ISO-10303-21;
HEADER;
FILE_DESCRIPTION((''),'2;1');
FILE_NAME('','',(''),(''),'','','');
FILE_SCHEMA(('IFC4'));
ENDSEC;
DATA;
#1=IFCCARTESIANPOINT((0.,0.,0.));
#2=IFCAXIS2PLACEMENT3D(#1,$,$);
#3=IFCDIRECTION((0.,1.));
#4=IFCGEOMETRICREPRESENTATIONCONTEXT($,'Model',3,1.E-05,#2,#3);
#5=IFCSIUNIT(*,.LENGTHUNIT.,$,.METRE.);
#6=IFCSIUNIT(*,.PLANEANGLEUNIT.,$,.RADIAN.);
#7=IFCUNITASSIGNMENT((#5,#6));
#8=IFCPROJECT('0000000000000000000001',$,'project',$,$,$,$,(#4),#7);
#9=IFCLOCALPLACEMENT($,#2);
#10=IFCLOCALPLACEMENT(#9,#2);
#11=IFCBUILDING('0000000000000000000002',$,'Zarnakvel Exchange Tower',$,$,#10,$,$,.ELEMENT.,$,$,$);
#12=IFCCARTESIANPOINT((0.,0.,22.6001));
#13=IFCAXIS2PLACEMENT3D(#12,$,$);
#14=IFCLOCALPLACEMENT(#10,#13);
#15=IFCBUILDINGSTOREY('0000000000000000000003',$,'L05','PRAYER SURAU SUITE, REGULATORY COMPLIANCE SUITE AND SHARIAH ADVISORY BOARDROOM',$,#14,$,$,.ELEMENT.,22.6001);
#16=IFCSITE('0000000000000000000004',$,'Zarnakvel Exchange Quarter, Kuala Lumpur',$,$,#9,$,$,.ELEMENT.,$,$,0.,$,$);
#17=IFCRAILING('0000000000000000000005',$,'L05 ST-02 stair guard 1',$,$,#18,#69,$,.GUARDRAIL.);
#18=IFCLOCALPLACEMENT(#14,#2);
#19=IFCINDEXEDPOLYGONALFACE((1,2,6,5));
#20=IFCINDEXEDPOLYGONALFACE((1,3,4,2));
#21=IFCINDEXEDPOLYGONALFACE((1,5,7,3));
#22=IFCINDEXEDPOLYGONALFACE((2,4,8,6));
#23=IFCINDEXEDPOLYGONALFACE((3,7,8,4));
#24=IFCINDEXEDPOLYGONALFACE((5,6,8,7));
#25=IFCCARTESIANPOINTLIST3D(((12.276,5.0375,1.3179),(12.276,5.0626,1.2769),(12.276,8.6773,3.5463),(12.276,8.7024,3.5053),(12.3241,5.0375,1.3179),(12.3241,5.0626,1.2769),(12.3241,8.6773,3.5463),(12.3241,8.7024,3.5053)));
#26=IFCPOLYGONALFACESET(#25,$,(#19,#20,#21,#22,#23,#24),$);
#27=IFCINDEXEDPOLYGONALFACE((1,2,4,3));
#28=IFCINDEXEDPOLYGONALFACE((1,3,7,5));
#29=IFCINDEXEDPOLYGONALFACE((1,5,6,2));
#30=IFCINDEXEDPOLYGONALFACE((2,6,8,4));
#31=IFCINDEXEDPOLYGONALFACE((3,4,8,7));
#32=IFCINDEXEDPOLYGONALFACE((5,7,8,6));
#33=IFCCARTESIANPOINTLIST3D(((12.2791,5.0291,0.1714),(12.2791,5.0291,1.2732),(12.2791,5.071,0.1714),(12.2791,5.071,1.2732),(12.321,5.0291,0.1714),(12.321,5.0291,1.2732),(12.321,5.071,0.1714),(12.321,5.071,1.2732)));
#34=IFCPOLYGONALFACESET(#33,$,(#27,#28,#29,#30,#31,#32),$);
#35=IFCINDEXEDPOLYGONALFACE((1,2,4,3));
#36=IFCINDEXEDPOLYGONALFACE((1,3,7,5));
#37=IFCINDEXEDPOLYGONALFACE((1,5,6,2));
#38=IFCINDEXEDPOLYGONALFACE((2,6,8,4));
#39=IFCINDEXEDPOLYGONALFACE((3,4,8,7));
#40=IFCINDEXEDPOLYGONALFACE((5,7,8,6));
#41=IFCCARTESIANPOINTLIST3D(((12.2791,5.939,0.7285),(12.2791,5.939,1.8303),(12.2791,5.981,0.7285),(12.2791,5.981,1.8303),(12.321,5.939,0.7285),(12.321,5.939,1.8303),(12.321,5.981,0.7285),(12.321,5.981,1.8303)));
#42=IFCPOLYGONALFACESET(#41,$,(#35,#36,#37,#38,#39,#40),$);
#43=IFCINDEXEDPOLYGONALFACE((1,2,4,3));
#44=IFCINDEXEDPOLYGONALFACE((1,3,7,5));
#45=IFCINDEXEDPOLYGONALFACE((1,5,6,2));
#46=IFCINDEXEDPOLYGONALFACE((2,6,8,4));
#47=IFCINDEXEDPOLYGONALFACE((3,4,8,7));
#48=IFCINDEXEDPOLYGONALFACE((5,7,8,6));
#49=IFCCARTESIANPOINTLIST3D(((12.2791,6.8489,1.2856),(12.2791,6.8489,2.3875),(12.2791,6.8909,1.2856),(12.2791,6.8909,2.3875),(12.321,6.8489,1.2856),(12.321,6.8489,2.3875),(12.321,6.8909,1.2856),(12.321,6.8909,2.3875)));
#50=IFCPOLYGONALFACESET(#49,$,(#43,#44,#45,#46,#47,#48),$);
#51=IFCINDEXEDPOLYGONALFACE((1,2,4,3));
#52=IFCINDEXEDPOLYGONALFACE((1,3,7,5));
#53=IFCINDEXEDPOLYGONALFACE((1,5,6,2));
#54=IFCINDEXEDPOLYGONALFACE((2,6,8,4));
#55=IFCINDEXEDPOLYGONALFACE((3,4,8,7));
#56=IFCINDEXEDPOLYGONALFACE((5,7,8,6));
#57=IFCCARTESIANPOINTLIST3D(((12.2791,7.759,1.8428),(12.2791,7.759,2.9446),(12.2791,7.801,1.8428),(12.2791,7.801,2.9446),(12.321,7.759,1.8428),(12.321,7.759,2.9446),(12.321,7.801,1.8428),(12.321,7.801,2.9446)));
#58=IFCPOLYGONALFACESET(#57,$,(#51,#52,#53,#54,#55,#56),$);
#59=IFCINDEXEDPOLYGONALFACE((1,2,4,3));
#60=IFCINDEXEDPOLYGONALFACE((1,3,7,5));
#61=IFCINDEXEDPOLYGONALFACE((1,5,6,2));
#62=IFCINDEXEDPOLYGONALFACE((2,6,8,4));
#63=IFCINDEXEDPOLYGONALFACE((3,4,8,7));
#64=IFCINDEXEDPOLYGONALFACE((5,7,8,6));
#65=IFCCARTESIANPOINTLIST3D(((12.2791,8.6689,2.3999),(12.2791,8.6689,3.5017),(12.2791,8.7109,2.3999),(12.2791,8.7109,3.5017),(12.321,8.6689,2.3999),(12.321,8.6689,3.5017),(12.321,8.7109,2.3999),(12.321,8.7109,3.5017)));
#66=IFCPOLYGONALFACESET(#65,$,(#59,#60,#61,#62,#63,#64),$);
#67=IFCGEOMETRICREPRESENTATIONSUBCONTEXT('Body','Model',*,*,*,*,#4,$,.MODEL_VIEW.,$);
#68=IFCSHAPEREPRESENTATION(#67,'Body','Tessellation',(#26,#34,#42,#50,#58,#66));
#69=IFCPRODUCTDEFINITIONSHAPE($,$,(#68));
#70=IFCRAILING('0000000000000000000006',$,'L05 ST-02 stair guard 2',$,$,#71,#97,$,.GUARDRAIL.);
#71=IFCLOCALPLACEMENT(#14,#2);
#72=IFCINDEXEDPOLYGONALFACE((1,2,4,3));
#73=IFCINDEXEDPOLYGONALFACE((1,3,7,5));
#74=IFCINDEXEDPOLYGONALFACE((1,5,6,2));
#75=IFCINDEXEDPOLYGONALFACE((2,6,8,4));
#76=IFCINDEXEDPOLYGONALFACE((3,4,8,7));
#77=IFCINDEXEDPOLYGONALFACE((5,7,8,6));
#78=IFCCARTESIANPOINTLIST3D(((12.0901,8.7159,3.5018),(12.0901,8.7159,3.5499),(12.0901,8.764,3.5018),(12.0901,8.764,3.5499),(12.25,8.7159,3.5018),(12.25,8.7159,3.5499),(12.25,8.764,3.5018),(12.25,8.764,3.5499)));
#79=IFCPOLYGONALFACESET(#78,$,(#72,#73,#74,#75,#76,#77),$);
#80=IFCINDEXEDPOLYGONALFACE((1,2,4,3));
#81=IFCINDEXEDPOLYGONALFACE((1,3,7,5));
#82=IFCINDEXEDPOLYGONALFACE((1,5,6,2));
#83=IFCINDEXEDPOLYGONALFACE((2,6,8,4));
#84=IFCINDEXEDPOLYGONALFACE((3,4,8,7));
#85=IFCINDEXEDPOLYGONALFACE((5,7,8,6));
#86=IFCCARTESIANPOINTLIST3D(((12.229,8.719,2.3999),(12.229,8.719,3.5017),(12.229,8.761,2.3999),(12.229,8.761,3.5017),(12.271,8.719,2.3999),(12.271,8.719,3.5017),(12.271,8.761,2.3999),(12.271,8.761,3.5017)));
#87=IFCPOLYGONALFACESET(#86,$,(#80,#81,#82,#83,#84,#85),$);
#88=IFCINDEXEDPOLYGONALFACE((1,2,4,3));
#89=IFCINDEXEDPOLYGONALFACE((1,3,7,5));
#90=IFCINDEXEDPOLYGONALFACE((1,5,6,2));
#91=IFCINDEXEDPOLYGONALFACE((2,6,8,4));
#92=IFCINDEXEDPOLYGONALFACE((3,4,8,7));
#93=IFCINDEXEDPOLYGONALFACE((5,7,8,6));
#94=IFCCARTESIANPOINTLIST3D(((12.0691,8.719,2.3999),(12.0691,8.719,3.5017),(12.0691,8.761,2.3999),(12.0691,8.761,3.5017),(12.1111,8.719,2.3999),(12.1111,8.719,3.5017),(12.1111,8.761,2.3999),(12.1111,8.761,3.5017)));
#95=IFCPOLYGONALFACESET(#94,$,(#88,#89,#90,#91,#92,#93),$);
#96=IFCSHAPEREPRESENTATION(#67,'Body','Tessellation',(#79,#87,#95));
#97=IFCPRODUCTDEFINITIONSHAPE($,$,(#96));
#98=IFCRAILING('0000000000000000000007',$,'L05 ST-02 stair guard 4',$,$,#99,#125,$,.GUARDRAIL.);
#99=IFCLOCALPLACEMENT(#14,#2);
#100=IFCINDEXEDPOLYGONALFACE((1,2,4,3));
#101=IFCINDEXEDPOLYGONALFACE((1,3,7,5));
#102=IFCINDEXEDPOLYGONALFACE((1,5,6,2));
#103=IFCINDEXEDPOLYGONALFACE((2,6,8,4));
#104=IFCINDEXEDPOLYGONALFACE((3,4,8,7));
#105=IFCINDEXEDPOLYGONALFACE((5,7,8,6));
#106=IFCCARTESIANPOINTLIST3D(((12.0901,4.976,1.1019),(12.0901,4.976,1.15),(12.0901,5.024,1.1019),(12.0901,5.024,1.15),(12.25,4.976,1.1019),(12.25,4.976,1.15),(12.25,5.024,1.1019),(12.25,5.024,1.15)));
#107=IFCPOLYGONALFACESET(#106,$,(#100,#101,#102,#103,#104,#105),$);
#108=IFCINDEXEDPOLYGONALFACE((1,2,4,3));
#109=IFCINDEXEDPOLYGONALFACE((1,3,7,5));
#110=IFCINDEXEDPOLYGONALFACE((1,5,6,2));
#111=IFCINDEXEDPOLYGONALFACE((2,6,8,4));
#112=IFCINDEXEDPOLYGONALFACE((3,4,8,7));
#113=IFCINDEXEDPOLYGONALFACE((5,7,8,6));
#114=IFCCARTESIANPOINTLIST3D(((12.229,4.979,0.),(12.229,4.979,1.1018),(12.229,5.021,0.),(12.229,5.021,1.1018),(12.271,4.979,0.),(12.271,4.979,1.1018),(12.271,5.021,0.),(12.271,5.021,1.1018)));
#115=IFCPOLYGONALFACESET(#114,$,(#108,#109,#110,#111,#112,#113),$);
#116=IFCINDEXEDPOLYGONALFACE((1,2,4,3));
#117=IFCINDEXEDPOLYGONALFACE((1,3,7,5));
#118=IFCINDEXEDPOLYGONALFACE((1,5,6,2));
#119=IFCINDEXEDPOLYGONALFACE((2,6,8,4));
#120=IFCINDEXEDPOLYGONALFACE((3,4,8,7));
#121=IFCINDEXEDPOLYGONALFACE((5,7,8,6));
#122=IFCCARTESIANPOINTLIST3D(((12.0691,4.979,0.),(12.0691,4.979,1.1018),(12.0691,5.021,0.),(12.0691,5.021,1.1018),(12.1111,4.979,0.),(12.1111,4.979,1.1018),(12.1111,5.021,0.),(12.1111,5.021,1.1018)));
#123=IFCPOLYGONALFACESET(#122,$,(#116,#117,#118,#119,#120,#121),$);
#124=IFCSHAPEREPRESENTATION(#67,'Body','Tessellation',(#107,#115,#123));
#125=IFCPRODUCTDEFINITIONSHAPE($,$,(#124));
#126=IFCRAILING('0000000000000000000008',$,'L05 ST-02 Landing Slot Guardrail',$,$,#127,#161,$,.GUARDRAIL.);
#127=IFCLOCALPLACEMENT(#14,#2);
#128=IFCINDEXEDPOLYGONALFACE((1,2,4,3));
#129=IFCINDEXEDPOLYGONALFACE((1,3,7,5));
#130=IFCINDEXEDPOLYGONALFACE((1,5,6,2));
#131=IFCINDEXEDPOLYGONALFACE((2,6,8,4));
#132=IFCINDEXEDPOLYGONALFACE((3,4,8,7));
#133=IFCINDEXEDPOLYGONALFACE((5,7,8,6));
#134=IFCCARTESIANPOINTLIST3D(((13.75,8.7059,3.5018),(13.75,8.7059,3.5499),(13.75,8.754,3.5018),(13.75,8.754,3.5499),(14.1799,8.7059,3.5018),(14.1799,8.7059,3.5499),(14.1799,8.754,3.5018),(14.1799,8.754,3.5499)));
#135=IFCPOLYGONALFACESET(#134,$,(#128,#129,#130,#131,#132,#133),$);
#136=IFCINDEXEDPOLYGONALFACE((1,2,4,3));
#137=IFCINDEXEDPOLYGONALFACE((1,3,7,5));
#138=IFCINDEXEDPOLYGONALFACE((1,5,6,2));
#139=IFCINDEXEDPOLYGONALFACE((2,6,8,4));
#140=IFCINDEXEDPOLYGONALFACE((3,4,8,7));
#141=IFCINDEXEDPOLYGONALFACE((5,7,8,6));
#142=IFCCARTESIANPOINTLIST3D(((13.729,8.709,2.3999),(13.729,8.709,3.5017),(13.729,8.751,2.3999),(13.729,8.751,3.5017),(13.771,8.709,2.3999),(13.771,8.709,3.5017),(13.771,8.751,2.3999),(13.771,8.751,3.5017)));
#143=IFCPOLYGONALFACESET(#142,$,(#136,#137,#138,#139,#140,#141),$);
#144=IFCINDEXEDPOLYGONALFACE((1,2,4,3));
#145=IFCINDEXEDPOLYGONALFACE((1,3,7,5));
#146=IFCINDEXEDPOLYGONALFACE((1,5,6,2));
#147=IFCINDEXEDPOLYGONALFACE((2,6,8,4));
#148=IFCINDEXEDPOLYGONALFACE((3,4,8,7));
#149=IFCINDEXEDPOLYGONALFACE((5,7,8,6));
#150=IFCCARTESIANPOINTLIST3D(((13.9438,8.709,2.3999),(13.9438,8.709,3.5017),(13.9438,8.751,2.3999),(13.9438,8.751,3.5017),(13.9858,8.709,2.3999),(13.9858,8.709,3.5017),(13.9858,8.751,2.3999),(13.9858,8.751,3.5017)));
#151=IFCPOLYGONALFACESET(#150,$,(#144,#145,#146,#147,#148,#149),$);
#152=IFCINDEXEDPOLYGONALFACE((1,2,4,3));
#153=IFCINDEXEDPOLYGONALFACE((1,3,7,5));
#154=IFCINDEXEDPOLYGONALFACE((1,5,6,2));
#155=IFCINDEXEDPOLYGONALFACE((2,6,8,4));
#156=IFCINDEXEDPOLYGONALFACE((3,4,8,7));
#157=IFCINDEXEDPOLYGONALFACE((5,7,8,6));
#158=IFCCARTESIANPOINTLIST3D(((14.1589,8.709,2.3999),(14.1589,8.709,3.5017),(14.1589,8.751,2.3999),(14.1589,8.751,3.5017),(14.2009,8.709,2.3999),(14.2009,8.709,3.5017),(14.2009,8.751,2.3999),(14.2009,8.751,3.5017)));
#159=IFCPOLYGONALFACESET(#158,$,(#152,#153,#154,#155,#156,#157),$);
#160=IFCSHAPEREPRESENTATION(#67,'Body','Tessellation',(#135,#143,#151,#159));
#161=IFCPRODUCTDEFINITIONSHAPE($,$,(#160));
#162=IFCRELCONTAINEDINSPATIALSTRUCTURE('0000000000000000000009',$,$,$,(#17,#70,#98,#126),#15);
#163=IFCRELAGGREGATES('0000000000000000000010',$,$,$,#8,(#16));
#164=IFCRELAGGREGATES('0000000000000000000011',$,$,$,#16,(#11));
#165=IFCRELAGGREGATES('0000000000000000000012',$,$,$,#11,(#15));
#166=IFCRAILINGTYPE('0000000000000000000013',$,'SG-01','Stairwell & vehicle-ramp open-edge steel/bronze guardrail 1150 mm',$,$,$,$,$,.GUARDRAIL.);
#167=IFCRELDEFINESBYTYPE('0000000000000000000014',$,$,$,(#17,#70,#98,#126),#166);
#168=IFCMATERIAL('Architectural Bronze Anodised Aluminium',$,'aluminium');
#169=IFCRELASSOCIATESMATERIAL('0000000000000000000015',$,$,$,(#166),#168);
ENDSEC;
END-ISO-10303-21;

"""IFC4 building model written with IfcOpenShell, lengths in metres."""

from ifc_helpers import new_model, si_unit, direction, frame, origin, origin_2d, place, context, subcontext, project, spatial, rectangle, extrude, material, type_object, element, save


model = new_model("IFC4")

# Units and contexts
model_context = context("Model", 3, precision=1e-05, world=origin(), true_north=direction((0.0, 1.0)))
body_context = subcontext(model_context, "Body", "Model", "MODEL_VIEW")
ifc_project = project(units=[si_unit("LENGTHUNIT", "METRE"), si_unit("PLANEANGLEUNIT", "RADIAN")], contexts=[model_context])

# Site, building, storey
site_placement = place(None, origin())
site = spatial("IfcSite", under=ifc_project, at=site_placement, Name="Zarnakvel Exchange Quarter, Kuala Lumpur", CompositionType="ELEMENT", RefElevation=0.0)
building_placement = place(site_placement, origin())
building = spatial("IfcBuilding", under=site, at=building_placement, Name="Zarnakvel Exchange Tower", CompositionType="ELEMENT")
storey_placement = place(building_placement, frame((0.0, 0.0, 22.6001)))
storey = spatial("IfcBuildingStorey", under=building, at=storey_placement, Name="L05", Description="PRAYER SURAU SUITE, REGULATORY COMPLIANCE SUITE AND SHARIAH ADVISORY BOARDROOM", CompositionType="ELEMENT", Elevation=22.6001)

# Shared definitions
ifc_material_1 = material(Name="Architectural Bronze Anodised Aluminium", Category="aluminium")

# Railings
railing_type_1 = type_object("IfcRailingType", Name="SG-01", Description="Stairwell & vehicle-ramp open-edge steel/bronze guardrail 1150 mm", PredefinedType="GUARDRAIL", material=ifc_material_1)
railing_1_placement = place(storey_placement, frame((12.3, 5.05, 0.1714)))
element("IfcRailing", 1, at=railing_1_placement, inside=storey, type_object=railing_type_1, Name="L05 ST-02 stair guard 1", PredefinedType="GUARDRAIL", context=body_context, shape_type="SweptSolid", body=[
    extrude(rectangle(XDim=0.0481, YDim=0.0481, at=origin_2d()), frame((0.0, 0.0, 1.126), z_axis=(0.0, 0.85285, 0.522156), x_axis=(-1.0, 0.0, 0.0)), (0.0, 0.0, 1.0), 4.2678),
    extrude(rectangle(XDim=0.042, YDim=0.042, at=origin_2d()), origin(), (0.0, 0.0, 1.0), 1.1018),
    extrude(rectangle(XDim=0.042, YDim=0.042, at=origin_2d()), frame((0.0, 0.9099, 0.5571)), (0.0, 0.0, 1.0), 1.1018),
    extrude(rectangle(XDim=0.042, YDim=0.042, at=origin_2d()), frame((0.0, 1.8198, 1.1143)), (0.0, 0.0, 1.0), 1.1018),
    extrude(rectangle(XDim=0.042, YDim=0.042, at=origin_2d()), frame((0.0, 2.73, 1.6714)), (0.0, 0.0, 1.0), 1.1018),
    extrude(rectangle(XDim=0.042, YDim=0.042, at=origin_2d()), frame((0.0, 3.6399, 2.2285)), (0.0, 0.0, 1.0), 1.1018),
])
for number, where, name in (
    (2, (12.25, 8.74, 2.3999), "L05 ST-02 stair guard 2"),
    (3, (12.25, 5.0, 0.0), "L05 ST-02 stair guard 4"),
):
    element("IfcRailing", number, at=place(storey_placement, frame(where)), inside=storey, type_object=railing_type_1, Name=name, PredefinedType="GUARDRAIL", context=body_context, shape_type="SweptSolid", body=[
        extrude(rectangle(XDim=0.0481, YDim=0.0481, at=origin_2d()), frame((0.0, 0.0, 1.126), z_axis=(-1.0, 0.0, 0.0), x_axis=(0.0, -1.0, 0.0)), (0.0, 0.0, 1.0), 0.1599),
        extrude(rectangle(XDim=0.042, YDim=0.042, at=origin_2d()), origin(), (0.0, 0.0, 1.0), 1.1018),
        extrude(rectangle(XDim=0.042, YDim=0.042, at=origin_2d()), frame((-0.1599, 0.0, 0.0)), (0.0, 0.0, 1.0), 1.1018),
    ])
railing_2_placement = place(storey_placement, frame((13.75, 8.73, 2.3999)))
element("IfcRailing", 4, at=railing_2_placement, inside=storey, type_object=railing_type_1, Name="L05 ST-02 Landing Slot Guardrail", PredefinedType="GUARDRAIL", context=body_context, shape_type="SweptSolid", body=[
    extrude(rectangle(XDim=0.0481, YDim=0.0481, at=origin_2d()), frame((0.0, 0.0, 1.126), z_axis=(1.0, 0.0, 0.0), x_axis=(0.0, 1.0, 0.0)), (0.0, 0.0, 1.0), 0.4299),
    extrude(rectangle(XDim=0.042, YDim=0.042, at=origin_2d()), origin(), (0.0, 0.0, 1.0), 1.1018),
    extrude(rectangle(XDim=0.042, YDim=0.042, at=origin_2d()), frame((0.2148, 0.0, 0.0)), (0.0, 0.0, 1.0), 1.1018),
    extrude(rectangle(XDim=0.042, YDim=0.042, at=origin_2d()), frame((0.4299, 0.0, 0.0)), (0.0, 0.0, 1.0), 1.1018),
])

save(model, "model.ifc")
